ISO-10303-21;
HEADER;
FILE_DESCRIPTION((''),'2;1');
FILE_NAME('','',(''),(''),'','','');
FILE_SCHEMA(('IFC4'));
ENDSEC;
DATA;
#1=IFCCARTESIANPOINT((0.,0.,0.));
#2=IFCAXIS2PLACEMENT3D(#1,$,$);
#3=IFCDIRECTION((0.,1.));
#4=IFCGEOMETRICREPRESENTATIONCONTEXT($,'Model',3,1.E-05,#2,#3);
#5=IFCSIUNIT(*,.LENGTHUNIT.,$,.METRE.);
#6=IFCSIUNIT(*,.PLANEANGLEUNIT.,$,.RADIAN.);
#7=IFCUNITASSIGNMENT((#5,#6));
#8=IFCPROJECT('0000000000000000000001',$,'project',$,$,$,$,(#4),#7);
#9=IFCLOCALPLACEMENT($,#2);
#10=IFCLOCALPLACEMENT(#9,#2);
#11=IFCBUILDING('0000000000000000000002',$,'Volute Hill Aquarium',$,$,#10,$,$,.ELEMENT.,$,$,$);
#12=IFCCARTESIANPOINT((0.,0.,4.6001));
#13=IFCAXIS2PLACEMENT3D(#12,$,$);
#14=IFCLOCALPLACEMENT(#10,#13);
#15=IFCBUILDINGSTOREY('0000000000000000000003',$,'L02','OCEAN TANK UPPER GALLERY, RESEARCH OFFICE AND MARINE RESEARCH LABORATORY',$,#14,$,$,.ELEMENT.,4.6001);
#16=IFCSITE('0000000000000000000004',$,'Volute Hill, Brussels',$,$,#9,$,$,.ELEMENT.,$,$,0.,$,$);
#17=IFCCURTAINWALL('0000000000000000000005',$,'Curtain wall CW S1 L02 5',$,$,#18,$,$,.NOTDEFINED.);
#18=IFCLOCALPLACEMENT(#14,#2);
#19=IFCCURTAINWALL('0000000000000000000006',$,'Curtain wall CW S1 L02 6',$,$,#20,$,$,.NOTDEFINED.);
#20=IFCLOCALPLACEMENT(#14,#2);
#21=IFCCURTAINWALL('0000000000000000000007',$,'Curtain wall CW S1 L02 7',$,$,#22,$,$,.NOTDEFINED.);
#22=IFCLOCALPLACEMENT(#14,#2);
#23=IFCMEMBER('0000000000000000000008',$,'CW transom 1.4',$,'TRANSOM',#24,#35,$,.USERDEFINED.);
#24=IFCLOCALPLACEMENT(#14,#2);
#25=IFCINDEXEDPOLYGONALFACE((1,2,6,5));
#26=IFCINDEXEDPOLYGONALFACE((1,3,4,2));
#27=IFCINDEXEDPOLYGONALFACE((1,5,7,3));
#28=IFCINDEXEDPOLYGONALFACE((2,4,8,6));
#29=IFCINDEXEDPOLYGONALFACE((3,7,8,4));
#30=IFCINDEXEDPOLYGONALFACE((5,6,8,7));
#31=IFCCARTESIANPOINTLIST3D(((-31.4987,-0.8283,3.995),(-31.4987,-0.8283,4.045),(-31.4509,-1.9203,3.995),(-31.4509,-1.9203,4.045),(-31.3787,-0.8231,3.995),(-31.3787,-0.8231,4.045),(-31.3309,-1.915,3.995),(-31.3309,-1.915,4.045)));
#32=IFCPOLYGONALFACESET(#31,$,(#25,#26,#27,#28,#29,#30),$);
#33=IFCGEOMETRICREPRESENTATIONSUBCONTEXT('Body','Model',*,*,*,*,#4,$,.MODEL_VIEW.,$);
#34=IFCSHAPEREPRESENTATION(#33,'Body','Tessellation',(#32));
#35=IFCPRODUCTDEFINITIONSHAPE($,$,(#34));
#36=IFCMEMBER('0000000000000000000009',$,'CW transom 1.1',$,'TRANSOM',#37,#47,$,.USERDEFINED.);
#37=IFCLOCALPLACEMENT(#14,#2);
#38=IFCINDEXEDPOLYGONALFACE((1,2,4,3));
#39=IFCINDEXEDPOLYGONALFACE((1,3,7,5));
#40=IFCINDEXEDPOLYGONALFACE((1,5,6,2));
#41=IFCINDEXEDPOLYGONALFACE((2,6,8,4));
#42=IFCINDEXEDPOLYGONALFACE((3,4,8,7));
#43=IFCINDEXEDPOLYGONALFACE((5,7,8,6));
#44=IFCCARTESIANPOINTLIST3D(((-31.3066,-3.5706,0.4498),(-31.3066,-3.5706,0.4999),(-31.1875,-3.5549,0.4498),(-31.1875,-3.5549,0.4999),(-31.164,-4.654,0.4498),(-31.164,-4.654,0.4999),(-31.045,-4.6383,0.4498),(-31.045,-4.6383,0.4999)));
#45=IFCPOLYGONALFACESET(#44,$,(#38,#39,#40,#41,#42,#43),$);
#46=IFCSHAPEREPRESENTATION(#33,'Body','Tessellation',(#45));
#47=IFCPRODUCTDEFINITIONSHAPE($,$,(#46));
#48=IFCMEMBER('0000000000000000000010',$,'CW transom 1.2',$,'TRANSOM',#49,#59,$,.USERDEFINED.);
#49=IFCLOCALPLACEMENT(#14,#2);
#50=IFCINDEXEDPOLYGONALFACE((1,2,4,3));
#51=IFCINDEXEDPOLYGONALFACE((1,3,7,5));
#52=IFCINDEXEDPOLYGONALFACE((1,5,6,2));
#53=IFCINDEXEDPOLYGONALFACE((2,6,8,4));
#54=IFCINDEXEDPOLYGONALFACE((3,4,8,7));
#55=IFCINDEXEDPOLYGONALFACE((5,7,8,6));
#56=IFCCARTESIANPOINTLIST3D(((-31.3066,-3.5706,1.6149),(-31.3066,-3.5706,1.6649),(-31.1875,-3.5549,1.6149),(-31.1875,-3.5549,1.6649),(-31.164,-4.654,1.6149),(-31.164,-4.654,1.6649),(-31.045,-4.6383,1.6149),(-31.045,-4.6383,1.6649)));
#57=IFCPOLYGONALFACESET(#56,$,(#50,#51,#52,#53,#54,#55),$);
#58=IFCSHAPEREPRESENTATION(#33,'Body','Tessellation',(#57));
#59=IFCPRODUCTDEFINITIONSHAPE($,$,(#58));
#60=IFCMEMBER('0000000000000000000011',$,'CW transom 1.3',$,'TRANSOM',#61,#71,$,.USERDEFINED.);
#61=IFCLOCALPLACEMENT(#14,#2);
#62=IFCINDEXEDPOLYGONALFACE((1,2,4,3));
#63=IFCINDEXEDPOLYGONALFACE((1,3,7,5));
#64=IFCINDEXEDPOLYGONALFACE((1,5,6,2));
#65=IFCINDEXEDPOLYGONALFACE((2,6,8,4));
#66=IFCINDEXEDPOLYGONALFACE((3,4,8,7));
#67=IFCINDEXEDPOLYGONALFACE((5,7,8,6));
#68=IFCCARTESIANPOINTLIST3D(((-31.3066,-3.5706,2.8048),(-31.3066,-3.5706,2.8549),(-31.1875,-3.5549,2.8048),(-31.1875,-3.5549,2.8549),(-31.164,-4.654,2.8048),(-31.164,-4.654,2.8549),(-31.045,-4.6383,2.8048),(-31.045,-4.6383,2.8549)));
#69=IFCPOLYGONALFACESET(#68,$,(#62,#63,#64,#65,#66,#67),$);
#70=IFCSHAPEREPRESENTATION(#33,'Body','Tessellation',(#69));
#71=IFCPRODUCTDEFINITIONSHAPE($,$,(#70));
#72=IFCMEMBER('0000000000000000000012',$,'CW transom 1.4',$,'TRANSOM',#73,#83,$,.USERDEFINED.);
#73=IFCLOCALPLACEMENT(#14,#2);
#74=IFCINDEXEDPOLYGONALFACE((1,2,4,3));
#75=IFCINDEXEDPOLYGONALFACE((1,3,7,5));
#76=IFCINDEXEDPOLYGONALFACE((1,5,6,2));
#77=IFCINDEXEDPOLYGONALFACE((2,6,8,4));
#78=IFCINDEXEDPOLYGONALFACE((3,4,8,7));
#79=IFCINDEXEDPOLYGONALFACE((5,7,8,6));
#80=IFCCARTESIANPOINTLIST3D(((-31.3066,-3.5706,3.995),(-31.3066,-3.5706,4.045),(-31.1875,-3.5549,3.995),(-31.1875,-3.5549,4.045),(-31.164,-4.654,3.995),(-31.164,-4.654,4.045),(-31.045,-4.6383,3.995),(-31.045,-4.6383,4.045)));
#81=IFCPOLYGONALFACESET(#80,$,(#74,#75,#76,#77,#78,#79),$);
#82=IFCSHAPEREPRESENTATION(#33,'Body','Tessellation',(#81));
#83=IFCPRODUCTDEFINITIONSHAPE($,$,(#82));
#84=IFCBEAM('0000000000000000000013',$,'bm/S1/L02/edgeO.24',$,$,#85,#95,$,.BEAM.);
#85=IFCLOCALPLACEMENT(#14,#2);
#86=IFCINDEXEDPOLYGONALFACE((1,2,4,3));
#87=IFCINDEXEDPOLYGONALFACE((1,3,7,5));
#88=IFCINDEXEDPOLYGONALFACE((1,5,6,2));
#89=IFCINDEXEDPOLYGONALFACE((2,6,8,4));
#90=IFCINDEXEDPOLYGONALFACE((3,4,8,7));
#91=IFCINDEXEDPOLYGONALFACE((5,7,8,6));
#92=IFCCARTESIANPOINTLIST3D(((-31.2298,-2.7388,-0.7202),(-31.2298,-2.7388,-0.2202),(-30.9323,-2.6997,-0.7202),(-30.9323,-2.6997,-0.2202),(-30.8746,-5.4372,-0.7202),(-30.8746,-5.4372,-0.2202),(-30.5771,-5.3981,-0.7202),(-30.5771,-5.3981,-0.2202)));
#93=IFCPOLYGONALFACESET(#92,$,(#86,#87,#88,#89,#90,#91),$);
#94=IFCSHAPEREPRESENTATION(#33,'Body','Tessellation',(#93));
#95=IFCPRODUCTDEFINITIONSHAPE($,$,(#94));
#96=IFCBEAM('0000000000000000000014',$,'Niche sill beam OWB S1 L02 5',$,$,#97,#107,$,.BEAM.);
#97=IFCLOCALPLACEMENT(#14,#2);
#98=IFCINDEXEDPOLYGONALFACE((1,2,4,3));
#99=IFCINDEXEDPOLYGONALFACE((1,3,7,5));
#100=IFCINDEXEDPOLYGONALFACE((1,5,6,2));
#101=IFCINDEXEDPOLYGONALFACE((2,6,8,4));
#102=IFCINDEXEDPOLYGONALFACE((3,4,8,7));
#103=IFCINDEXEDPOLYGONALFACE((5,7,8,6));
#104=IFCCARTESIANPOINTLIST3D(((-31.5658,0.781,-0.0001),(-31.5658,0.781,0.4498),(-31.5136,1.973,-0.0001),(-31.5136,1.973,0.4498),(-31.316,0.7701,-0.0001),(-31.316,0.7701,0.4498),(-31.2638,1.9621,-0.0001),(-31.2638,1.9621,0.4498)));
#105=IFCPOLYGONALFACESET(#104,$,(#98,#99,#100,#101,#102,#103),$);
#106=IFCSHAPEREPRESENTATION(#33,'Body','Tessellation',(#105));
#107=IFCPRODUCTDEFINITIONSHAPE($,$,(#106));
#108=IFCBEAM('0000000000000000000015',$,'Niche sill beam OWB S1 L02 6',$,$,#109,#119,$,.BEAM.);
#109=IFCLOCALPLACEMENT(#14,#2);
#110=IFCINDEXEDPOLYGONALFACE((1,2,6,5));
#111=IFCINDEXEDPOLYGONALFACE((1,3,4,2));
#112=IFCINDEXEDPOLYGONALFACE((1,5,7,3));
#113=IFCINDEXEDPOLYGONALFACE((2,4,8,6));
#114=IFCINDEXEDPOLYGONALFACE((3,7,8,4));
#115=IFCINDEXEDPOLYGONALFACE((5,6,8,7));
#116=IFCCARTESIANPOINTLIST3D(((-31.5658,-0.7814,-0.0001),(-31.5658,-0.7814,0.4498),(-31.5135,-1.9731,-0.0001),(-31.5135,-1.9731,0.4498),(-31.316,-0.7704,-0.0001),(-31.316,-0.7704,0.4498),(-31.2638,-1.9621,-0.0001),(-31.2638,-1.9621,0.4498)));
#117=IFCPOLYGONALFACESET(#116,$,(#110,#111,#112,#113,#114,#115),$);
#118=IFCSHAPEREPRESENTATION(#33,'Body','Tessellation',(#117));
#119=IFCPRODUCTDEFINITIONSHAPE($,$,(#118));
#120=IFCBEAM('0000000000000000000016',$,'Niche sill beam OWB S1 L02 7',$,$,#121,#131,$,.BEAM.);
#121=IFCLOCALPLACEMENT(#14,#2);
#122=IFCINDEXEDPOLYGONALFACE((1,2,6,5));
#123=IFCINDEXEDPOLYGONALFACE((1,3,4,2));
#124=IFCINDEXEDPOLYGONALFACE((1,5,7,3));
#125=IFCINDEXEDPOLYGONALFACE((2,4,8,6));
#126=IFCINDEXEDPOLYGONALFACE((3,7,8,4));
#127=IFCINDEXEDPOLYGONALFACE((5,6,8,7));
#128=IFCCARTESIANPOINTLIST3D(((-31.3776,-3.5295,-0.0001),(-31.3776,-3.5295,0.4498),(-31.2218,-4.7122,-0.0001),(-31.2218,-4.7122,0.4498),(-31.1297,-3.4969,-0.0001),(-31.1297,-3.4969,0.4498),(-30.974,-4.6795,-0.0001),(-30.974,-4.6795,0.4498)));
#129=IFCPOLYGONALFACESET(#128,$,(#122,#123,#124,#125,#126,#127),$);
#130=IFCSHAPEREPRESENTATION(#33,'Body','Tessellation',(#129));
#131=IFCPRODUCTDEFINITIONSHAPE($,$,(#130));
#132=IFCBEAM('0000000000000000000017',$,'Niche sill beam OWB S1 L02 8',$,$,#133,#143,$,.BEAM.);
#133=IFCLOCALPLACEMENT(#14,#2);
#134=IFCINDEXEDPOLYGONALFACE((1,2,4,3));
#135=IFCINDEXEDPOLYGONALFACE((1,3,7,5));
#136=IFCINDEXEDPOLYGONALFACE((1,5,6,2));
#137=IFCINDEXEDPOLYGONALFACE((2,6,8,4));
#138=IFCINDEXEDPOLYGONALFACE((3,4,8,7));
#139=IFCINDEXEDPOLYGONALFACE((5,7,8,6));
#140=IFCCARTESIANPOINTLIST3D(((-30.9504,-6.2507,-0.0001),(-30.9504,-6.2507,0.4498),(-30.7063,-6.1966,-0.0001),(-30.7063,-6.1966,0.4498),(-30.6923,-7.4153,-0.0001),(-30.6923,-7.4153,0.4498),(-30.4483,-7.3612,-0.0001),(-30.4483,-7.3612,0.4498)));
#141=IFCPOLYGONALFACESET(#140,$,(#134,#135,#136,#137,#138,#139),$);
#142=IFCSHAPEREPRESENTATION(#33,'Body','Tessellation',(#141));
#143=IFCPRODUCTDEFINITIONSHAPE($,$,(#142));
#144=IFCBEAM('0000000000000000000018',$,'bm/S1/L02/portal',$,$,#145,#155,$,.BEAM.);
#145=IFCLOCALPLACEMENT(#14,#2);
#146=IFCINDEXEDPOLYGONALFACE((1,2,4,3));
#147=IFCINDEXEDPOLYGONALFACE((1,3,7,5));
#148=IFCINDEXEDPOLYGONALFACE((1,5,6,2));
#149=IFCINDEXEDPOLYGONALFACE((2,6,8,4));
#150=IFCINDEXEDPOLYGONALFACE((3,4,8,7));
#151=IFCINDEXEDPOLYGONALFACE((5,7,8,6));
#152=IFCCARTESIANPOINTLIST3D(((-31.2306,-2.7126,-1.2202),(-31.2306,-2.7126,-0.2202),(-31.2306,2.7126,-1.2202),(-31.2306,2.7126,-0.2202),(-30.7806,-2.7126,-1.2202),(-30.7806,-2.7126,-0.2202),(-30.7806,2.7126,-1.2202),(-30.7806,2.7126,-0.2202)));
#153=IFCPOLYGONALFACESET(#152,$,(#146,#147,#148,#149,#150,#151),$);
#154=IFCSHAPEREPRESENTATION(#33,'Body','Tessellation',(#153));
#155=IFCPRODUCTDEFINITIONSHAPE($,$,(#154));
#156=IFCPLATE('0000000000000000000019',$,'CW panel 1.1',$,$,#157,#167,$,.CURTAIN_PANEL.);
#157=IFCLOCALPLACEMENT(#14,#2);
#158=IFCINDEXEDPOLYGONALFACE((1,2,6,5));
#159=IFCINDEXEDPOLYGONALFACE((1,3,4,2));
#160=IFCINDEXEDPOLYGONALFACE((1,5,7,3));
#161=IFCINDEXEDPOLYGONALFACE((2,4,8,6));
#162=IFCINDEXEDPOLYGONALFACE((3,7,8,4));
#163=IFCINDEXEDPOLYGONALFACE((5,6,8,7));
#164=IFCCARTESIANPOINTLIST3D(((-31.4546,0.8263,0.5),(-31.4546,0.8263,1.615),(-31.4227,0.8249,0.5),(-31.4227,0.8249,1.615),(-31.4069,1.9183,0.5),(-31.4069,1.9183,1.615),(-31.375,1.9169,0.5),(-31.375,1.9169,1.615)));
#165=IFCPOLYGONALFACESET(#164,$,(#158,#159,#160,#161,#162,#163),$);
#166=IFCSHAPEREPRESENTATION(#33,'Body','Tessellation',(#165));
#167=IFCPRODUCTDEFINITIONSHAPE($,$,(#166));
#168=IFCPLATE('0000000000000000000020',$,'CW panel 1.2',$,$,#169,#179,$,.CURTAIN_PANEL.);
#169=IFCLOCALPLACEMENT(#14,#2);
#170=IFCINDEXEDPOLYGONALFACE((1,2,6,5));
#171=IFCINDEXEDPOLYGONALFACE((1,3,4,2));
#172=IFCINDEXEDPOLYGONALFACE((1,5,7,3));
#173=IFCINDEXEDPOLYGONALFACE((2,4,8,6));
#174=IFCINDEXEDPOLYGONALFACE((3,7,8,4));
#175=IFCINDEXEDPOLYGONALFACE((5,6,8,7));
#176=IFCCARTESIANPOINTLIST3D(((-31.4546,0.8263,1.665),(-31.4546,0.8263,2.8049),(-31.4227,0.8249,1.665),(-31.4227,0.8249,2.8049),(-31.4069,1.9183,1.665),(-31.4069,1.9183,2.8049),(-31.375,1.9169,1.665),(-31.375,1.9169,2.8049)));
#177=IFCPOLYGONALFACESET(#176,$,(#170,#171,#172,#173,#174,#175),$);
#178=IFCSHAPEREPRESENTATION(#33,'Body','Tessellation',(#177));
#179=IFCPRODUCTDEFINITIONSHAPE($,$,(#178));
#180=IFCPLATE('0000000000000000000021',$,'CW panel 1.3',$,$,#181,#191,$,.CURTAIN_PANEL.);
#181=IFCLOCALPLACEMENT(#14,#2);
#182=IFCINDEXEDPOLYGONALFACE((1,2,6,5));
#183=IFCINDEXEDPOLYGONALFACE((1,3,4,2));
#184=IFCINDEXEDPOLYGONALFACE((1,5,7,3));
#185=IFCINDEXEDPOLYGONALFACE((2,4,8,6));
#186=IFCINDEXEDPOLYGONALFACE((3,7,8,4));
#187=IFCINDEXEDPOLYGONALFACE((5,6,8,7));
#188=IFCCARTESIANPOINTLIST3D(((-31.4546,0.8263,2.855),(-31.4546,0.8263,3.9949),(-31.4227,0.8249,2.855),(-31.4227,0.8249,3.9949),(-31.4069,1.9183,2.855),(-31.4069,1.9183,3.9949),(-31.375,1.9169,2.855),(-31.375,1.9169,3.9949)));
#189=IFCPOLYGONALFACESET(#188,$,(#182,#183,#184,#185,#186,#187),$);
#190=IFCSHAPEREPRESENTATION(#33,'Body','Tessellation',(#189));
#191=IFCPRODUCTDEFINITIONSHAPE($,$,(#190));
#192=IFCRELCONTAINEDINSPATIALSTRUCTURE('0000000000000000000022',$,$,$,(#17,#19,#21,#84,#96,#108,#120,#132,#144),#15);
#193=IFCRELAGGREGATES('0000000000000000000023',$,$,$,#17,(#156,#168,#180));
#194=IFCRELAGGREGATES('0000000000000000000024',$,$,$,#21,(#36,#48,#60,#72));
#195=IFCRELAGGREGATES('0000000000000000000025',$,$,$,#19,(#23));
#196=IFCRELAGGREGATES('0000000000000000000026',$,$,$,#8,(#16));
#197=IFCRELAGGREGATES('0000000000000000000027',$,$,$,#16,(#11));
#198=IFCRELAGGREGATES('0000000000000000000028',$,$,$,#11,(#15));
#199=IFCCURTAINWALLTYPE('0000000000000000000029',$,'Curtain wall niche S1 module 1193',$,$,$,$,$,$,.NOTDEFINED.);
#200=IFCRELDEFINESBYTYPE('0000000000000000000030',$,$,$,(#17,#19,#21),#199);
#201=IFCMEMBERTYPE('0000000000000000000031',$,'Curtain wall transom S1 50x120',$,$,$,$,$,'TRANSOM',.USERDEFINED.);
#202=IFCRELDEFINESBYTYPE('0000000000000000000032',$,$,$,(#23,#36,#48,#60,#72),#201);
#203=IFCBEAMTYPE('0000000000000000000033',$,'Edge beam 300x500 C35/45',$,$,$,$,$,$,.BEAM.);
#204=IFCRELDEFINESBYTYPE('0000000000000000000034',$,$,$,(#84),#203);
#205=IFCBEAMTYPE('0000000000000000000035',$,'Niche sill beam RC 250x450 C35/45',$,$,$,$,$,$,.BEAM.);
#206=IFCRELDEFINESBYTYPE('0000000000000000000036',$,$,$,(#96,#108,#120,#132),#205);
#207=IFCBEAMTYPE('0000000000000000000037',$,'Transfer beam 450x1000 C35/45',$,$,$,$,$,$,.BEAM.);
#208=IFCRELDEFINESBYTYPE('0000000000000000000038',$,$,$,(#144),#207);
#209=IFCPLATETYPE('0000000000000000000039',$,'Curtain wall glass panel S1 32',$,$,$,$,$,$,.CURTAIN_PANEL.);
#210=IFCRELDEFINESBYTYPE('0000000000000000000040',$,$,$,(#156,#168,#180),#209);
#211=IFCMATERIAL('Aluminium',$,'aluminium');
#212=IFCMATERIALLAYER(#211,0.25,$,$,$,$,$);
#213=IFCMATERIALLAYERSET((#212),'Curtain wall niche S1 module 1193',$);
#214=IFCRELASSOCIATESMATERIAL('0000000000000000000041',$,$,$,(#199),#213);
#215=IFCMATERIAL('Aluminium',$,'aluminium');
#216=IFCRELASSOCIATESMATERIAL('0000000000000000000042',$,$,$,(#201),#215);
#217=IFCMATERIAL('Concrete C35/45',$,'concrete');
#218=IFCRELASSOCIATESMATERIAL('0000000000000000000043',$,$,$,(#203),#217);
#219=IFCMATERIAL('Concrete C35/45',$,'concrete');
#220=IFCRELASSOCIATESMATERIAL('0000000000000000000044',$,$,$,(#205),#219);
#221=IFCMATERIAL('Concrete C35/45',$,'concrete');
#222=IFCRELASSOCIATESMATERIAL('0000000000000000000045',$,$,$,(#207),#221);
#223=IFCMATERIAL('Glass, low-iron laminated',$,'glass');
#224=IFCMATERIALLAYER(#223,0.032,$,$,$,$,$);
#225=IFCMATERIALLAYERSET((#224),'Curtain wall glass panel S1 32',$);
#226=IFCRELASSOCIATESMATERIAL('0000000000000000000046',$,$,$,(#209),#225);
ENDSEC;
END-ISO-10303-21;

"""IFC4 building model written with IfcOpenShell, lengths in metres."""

from ifc_helpers import new_model, si_unit, direction, frame, origin, origin_2d, place, context, subcontext, project, spatial, rectangle, extrude, material, layer, layer_set, material_profile, profile_set, type_object, element, aggregate, save


model = new_model("IFC4")

# Units and contexts
model_context = context("Model", 3, precision=1e-05, world=origin(), true_north=direction((0.0, 1.0)))
body_context = subcontext(model_context, "Body", "Model", "MODEL_VIEW")
ifc_project = project(units=[si_unit("LENGTHUNIT", "METRE"), si_unit("PLANEANGLEUNIT", "RADIAN")], contexts=[model_context])

# Site, building, storey
site_placement = place(None, origin())
site = spatial("IfcSite", under=ifc_project, at=site_placement, Name="Volute Hill, Brussels", CompositionType="ELEMENT", RefElevation=0.0)
building_placement = place(site_placement, origin())
building = spatial("IfcBuilding", under=site, at=building_placement, Name="Volute Hill Aquarium", CompositionType="ELEMENT")
storey_placement = place(building_placement, frame((0.0, 0.0, 4.6001)))
storey = spatial("IfcBuildingStorey", under=building, at=storey_placement, Name="L02", Description="OCEAN TANK UPPER GALLERY, RESEARCH OFFICE AND MARINE RESEARCH LABORATORY", CompositionType="ELEMENT", Elevation=4.6001)

# Curtain walls
ifc_material_1 = material(Name="Aluminium", Category="aluminium")
ifc_layer_1 = layer(ifc_material_1, 0.25)
ifc_layer_set_1 = layer_set([ifc_layer_1], Name="Curtain wall niche S1 module 1193")
curtain_wall_type = type_object("IfcCurtainWallType", Name="Curtain wall niche S1 module 1193", PredefinedType="NOTDEFINED", material=ifc_layer_set_1)
curtain_wall_1_placement = place(storey_placement, origin())
curtain_wall_1 = element("IfcCurtainWall", 1, at=curtain_wall_1_placement, inside=storey, type_object=curtain_wall_type, Name="Curtain wall CW S1 L02 5", PredefinedType="NOTDEFINED")
curtain_wall_2_placement = place(storey_placement, origin())
curtain_wall_2 = element("IfcCurtainWall", 2, at=curtain_wall_2_placement, inside=storey, type_object=curtain_wall_type, Name="Curtain wall CW S1 L02 6", PredefinedType="NOTDEFINED")
curtain_wall_3_placement = place(storey_placement, origin())
curtain_wall_3 = element("IfcCurtainWall", 3, at=curtain_wall_3_placement, inside=storey, type_object=curtain_wall_type, Name="Curtain wall CW S1 L02 7", PredefinedType="NOTDEFINED")

# Members
ifc_material_2 = material(Name="Aluminium", Category="aluminium")
ifc_material_profile_1 = material_profile(ifc_material_2, rectangle(XDim=0.1201, YDim=0.05, at=origin_2d()), Name="Curtain wall transom S1 50x120")
ifc_profile_set_1 = profile_set([ifc_material_profile_1], Name="Aluminium")
member_type_1 = type_object("IfcMemberType", Name="Curtain wall transom S1 50x120", ElementType="TRANSOM", PredefinedType="USERDEFINED", material=ifc_profile_set_1)
member_1_placement = place(storey_placement, frame((-31.4387, -0.8257, 4.02), z_axis=(0.043776, -0.999041, 0.0), x_axis=(0.999041, 0.043776, 0.0)))
member_1 = element("IfcMember", 4, at=member_1_placement, type_object=member_type_1, Name="CW transom 1.4", ObjectType="TRANSOM", PredefinedType="USERDEFINED", context=body_context, shape_type="SweptSolid", body=[
    extrude(rectangle(XDim=0.1201, YDim=0.05, at=origin_2d()), origin(), (0.0, 0.0, 1.0), 1.093),
])
member_2_placement = place(storey_placement, frame((-31.2471, -3.5627, 0.4749), z_axis=(0.130466, -0.991453, 0.0), x_axis=(0.991453, 0.130466, 0.0)))
member_2 = element("IfcMember", 5, at=member_2_placement, type_object=member_type_1, Name="CW transom 1.1", ObjectType="TRANSOM", PredefinedType="USERDEFINED", context=body_context, shape_type="SweptSolid", body=[
    extrude(rectangle(XDim=0.1201, YDim=0.05, at=origin_2d()), origin(), (0.0, 0.0, 1.0), 1.0928),
])
member_3_placement = place(storey_placement, frame((-31.2471, -3.5627, 1.6399), z_axis=(0.130466, -0.991453, 0.0), x_axis=(0.991453, 0.130466, 0.0)))
member_3 = element("IfcMember", 6, at=member_3_placement, type_object=member_type_1, Name="CW transom 1.2", ObjectType="TRANSOM", PredefinedType="USERDEFINED", context=body_context, shape_type="SweptSolid", body=[
    extrude(rectangle(XDim=0.1201, YDim=0.05, at=origin_2d()), origin(), (0.0, 0.0, 1.0), 1.0928),
])
member_4_placement = place(storey_placement, frame((-31.2471, -3.5627, 2.8298), z_axis=(0.130466, -0.991453, 0.0), x_axis=(0.991453, 0.130466, 0.0)))
member_4 = element("IfcMember", 7, at=member_4_placement, type_object=member_type_1, Name="CW transom 1.3", ObjectType="TRANSOM", PredefinedType="USERDEFINED", context=body_context, shape_type="SweptSolid", body=[
    extrude(rectangle(XDim=0.1201, YDim=0.05, at=origin_2d()), origin(), (0.0, 0.0, 1.0), 1.0928),
])
member_5_placement = place(storey_placement, frame((-31.2471, -3.5627, 4.02), z_axis=(0.130466, -0.991453, 0.0), x_axis=(0.991453, 0.130466, 0.0)))
member_5 = element("IfcMember", 8, at=member_5_placement, type_object=member_type_1, Name="CW transom 1.4", ObjectType="TRANSOM", PredefinedType="USERDEFINED", context=body_context, shape_type="SweptSolid", body=[
    extrude(rectangle(XDim=0.1201, YDim=0.05, at=origin_2d()), origin(), (0.0, 0.0, 1.0), 1.0928),
])

# Beams
ifc_material_3 = material(Name="Concrete C35/45", Category="concrete")
ifc_material_profile_2 = material_profile(ifc_material_3, rectangle(XDim=0.3, YDim=0.5, at=origin_2d()), Name="RC edge beam 300x500")
ifc_profile_set_2 = profile_set([ifc_material_profile_2], Name="Concrete C35/45")
beam_type_1 = type_object("IfcBeamType", Name="Edge beam 300x500 C35/45", PredefinedType="BEAM", material=ifc_profile_set_2)
beam_1_placement = place(storey_placement, frame((-31.0811, -2.7192, -0.4702), z_axis=(0.130513, -0.991447, 0.0), x_axis=(0.991447, 0.130513, 0.0)))
element("IfcBeam", 9, at=beam_1_placement, inside=storey, type_object=beam_type_1, Name="bm/S1/L02/edgeO.24", PredefinedType="BEAM", context=body_context, shape_type="SweptSolid", body=[
    extrude(rectangle(XDim=0.3, YDim=0.5, at=origin_2d()), origin(), (0.0, 0.0, 1.0), 2.7217),
])
ifc_material_4 = material(Name="Concrete C35/45", Category="concrete")
ifc_material_profile_3 = material_profile(ifc_material_4, rectangle(XDim=0.25, YDim=0.45, at=origin_2d()), Name="RC beam 250x450")
ifc_profile_set_3 = profile_set([ifc_material_profile_3], Name="Concrete C35/45")
beam_type_2 = type_object("IfcBeamType", Name="Niche sill beam RC 250x450 C35/45", PredefinedType="BEAM", material=ifc_profile_set_3)
beam_2_placement = place(storey_placement, frame((-31.3887, 1.9675, 0.2249), z_axis=(-0.043792, -0.999041, 0.0), x_axis=(0.999041, -0.043792, 0.0)))
element("IfcBeam", 10, at=beam_2_placement, inside=storey, type_object=beam_type_2, Name="Niche sill beam OWB S1 L02 5", PredefinedType="BEAM", context=body_context, shape_type="SweptSolid", body=[
    extrude(rectangle(XDim=0.25, YDim=0.45, at=origin_2d()), origin(), (0.0, 0.0, 1.0), 1.1931),
])
for number, where, z_axis, x_axis, name in (
    (11, (-31.4409, -0.7759, 0.2249), (0.043801, -0.99904, 0.0), (0.99904, 0.043801, 0.0), "Niche sill beam OWB S1 L02 6"),
    (12, (-31.2537, -3.5132, 0.2249), (0.130582, -0.991438, 0.0), (0.991438, 0.130582, 0.0), "Niche sill beam OWB S1 L02 7"),
    (13, (-30.8284, -6.2236, 0.2249), (0.216345, -0.976317, 0.0), (0.976317, 0.216345, 0.0), "Niche sill beam OWB S1 L02 8"),
):
    element("IfcBeam", number, at=place(storey_placement, frame(where, z_axis=z_axis, x_axis=x_axis)), inside=storey, type_object=beam_type_2, Name=name, PredefinedType="BEAM", context=body_context, shape_type="SweptSolid", body=[
        extrude(rectangle(XDim=0.25, YDim=0.45, at=origin_2d()), origin(), (0.0, 0.0, 1.0), 1.1929),
    ])
ifc_material_5 = material(Name="Concrete C35/45", Category="concrete")
ifc_material_profile_4 = material_profile(ifc_material_5, rectangle(XDim=0.45, YDim=1.0, at=origin_2d()), Name="RC transfer beam 450x1000")
ifc_profile_set_4 = profile_set([ifc_material_profile_4], Name="Concrete C35/45")
beam_type_3 = type_object("IfcBeamType", Name="Transfer beam 450x1000 C35/45", PredefinedType="BEAM", material=ifc_profile_set_4)
beam_3_placement = place(storey_placement, frame((-31.0056, 2.7126, -0.7202), z_axis=(0.0, -1.0, 0.0), x_axis=(1.0, 0.0, 0.0)))
element("IfcBeam", 14, at=beam_3_placement, inside=storey, type_object=beam_type_3, Name="bm/S1/L02/portal", PredefinedType="BEAM", context=body_context, shape_type="SweptSolid", body=[
    extrude(rectangle(XDim=0.45, YDim=1.0, at=origin_2d()), origin(), (0.0, 0.0, 1.0), 5.4253),
])

# Plates
ifc_material_6 = material(Name="Glass, low-iron laminated", Category="glass")
ifc_layer_2 = layer(ifc_material_6, 0.032)
ifc_layer_set_2 = layer_set([ifc_layer_2], Name="Curtain wall glass panel S1 32")
plate_type_1 = type_object("IfcPlateType", Name="Curtain wall glass panel S1 32", PredefinedType="CURTAIN_PANEL", material=ifc_layer_set_2)
plate_1_placement = place(storey_placement, frame((-31.4148, 1.3716, 0.5), z_axis=(0.0, 0.0, 1.0), x_axis=(-0.043614, -0.999048, 0.0)))
plate_1 = element("IfcPlate", 15, at=plate_1_placement, type_object=plate_type_1, Name="CW panel 1.1", PredefinedType="CURTAIN_PANEL", context=body_context, shape_type="SweptSolid", body=[
    extrude(rectangle(XDim=1.093, YDim=0.032, at=origin_2d()), origin(), (0.0, 0.0, 1.0), 1.115),
])
plate_2_placement = place(storey_placement, frame((-31.4148, 1.3716, 1.665), z_axis=(0.0, 0.0, 1.0), x_axis=(-0.043614, -0.999048, 0.0)))
plate_2 = element("IfcPlate", 16, at=plate_2_placement, type_object=plate_type_1, Name="CW panel 1.2", PredefinedType="CURTAIN_PANEL", context=body_context, shape_type="SweptSolid", body=[
    extrude(rectangle(XDim=1.093, YDim=0.032, at=origin_2d()), origin(), (0.0, 0.0, 1.0), 1.1399),
])
plate_3_placement = place(storey_placement, frame((-31.4148, 1.3716, 2.855), z_axis=(0.0, 0.0, 1.0), x_axis=(-0.043614, -0.999048, 0.0)))
plate_3 = element("IfcPlate", 17, at=plate_3_placement, type_object=plate_type_1, Name="CW panel 1.3", PredefinedType="CURTAIN_PANEL", context=body_context, shape_type="SweptSolid", body=[
    extrude(rectangle(XDim=1.093, YDim=0.032, at=origin_2d()), origin(), (0.0, 0.0, 1.0), 1.1399),
])
aggregate(curtain_wall_1, [plate_1, plate_2, plate_3])
aggregate(curtain_wall_3, [member_2, member_3, member_4, member_5])
aggregate(curtain_wall_2, [member_1])

save(model, "model.ifc")
